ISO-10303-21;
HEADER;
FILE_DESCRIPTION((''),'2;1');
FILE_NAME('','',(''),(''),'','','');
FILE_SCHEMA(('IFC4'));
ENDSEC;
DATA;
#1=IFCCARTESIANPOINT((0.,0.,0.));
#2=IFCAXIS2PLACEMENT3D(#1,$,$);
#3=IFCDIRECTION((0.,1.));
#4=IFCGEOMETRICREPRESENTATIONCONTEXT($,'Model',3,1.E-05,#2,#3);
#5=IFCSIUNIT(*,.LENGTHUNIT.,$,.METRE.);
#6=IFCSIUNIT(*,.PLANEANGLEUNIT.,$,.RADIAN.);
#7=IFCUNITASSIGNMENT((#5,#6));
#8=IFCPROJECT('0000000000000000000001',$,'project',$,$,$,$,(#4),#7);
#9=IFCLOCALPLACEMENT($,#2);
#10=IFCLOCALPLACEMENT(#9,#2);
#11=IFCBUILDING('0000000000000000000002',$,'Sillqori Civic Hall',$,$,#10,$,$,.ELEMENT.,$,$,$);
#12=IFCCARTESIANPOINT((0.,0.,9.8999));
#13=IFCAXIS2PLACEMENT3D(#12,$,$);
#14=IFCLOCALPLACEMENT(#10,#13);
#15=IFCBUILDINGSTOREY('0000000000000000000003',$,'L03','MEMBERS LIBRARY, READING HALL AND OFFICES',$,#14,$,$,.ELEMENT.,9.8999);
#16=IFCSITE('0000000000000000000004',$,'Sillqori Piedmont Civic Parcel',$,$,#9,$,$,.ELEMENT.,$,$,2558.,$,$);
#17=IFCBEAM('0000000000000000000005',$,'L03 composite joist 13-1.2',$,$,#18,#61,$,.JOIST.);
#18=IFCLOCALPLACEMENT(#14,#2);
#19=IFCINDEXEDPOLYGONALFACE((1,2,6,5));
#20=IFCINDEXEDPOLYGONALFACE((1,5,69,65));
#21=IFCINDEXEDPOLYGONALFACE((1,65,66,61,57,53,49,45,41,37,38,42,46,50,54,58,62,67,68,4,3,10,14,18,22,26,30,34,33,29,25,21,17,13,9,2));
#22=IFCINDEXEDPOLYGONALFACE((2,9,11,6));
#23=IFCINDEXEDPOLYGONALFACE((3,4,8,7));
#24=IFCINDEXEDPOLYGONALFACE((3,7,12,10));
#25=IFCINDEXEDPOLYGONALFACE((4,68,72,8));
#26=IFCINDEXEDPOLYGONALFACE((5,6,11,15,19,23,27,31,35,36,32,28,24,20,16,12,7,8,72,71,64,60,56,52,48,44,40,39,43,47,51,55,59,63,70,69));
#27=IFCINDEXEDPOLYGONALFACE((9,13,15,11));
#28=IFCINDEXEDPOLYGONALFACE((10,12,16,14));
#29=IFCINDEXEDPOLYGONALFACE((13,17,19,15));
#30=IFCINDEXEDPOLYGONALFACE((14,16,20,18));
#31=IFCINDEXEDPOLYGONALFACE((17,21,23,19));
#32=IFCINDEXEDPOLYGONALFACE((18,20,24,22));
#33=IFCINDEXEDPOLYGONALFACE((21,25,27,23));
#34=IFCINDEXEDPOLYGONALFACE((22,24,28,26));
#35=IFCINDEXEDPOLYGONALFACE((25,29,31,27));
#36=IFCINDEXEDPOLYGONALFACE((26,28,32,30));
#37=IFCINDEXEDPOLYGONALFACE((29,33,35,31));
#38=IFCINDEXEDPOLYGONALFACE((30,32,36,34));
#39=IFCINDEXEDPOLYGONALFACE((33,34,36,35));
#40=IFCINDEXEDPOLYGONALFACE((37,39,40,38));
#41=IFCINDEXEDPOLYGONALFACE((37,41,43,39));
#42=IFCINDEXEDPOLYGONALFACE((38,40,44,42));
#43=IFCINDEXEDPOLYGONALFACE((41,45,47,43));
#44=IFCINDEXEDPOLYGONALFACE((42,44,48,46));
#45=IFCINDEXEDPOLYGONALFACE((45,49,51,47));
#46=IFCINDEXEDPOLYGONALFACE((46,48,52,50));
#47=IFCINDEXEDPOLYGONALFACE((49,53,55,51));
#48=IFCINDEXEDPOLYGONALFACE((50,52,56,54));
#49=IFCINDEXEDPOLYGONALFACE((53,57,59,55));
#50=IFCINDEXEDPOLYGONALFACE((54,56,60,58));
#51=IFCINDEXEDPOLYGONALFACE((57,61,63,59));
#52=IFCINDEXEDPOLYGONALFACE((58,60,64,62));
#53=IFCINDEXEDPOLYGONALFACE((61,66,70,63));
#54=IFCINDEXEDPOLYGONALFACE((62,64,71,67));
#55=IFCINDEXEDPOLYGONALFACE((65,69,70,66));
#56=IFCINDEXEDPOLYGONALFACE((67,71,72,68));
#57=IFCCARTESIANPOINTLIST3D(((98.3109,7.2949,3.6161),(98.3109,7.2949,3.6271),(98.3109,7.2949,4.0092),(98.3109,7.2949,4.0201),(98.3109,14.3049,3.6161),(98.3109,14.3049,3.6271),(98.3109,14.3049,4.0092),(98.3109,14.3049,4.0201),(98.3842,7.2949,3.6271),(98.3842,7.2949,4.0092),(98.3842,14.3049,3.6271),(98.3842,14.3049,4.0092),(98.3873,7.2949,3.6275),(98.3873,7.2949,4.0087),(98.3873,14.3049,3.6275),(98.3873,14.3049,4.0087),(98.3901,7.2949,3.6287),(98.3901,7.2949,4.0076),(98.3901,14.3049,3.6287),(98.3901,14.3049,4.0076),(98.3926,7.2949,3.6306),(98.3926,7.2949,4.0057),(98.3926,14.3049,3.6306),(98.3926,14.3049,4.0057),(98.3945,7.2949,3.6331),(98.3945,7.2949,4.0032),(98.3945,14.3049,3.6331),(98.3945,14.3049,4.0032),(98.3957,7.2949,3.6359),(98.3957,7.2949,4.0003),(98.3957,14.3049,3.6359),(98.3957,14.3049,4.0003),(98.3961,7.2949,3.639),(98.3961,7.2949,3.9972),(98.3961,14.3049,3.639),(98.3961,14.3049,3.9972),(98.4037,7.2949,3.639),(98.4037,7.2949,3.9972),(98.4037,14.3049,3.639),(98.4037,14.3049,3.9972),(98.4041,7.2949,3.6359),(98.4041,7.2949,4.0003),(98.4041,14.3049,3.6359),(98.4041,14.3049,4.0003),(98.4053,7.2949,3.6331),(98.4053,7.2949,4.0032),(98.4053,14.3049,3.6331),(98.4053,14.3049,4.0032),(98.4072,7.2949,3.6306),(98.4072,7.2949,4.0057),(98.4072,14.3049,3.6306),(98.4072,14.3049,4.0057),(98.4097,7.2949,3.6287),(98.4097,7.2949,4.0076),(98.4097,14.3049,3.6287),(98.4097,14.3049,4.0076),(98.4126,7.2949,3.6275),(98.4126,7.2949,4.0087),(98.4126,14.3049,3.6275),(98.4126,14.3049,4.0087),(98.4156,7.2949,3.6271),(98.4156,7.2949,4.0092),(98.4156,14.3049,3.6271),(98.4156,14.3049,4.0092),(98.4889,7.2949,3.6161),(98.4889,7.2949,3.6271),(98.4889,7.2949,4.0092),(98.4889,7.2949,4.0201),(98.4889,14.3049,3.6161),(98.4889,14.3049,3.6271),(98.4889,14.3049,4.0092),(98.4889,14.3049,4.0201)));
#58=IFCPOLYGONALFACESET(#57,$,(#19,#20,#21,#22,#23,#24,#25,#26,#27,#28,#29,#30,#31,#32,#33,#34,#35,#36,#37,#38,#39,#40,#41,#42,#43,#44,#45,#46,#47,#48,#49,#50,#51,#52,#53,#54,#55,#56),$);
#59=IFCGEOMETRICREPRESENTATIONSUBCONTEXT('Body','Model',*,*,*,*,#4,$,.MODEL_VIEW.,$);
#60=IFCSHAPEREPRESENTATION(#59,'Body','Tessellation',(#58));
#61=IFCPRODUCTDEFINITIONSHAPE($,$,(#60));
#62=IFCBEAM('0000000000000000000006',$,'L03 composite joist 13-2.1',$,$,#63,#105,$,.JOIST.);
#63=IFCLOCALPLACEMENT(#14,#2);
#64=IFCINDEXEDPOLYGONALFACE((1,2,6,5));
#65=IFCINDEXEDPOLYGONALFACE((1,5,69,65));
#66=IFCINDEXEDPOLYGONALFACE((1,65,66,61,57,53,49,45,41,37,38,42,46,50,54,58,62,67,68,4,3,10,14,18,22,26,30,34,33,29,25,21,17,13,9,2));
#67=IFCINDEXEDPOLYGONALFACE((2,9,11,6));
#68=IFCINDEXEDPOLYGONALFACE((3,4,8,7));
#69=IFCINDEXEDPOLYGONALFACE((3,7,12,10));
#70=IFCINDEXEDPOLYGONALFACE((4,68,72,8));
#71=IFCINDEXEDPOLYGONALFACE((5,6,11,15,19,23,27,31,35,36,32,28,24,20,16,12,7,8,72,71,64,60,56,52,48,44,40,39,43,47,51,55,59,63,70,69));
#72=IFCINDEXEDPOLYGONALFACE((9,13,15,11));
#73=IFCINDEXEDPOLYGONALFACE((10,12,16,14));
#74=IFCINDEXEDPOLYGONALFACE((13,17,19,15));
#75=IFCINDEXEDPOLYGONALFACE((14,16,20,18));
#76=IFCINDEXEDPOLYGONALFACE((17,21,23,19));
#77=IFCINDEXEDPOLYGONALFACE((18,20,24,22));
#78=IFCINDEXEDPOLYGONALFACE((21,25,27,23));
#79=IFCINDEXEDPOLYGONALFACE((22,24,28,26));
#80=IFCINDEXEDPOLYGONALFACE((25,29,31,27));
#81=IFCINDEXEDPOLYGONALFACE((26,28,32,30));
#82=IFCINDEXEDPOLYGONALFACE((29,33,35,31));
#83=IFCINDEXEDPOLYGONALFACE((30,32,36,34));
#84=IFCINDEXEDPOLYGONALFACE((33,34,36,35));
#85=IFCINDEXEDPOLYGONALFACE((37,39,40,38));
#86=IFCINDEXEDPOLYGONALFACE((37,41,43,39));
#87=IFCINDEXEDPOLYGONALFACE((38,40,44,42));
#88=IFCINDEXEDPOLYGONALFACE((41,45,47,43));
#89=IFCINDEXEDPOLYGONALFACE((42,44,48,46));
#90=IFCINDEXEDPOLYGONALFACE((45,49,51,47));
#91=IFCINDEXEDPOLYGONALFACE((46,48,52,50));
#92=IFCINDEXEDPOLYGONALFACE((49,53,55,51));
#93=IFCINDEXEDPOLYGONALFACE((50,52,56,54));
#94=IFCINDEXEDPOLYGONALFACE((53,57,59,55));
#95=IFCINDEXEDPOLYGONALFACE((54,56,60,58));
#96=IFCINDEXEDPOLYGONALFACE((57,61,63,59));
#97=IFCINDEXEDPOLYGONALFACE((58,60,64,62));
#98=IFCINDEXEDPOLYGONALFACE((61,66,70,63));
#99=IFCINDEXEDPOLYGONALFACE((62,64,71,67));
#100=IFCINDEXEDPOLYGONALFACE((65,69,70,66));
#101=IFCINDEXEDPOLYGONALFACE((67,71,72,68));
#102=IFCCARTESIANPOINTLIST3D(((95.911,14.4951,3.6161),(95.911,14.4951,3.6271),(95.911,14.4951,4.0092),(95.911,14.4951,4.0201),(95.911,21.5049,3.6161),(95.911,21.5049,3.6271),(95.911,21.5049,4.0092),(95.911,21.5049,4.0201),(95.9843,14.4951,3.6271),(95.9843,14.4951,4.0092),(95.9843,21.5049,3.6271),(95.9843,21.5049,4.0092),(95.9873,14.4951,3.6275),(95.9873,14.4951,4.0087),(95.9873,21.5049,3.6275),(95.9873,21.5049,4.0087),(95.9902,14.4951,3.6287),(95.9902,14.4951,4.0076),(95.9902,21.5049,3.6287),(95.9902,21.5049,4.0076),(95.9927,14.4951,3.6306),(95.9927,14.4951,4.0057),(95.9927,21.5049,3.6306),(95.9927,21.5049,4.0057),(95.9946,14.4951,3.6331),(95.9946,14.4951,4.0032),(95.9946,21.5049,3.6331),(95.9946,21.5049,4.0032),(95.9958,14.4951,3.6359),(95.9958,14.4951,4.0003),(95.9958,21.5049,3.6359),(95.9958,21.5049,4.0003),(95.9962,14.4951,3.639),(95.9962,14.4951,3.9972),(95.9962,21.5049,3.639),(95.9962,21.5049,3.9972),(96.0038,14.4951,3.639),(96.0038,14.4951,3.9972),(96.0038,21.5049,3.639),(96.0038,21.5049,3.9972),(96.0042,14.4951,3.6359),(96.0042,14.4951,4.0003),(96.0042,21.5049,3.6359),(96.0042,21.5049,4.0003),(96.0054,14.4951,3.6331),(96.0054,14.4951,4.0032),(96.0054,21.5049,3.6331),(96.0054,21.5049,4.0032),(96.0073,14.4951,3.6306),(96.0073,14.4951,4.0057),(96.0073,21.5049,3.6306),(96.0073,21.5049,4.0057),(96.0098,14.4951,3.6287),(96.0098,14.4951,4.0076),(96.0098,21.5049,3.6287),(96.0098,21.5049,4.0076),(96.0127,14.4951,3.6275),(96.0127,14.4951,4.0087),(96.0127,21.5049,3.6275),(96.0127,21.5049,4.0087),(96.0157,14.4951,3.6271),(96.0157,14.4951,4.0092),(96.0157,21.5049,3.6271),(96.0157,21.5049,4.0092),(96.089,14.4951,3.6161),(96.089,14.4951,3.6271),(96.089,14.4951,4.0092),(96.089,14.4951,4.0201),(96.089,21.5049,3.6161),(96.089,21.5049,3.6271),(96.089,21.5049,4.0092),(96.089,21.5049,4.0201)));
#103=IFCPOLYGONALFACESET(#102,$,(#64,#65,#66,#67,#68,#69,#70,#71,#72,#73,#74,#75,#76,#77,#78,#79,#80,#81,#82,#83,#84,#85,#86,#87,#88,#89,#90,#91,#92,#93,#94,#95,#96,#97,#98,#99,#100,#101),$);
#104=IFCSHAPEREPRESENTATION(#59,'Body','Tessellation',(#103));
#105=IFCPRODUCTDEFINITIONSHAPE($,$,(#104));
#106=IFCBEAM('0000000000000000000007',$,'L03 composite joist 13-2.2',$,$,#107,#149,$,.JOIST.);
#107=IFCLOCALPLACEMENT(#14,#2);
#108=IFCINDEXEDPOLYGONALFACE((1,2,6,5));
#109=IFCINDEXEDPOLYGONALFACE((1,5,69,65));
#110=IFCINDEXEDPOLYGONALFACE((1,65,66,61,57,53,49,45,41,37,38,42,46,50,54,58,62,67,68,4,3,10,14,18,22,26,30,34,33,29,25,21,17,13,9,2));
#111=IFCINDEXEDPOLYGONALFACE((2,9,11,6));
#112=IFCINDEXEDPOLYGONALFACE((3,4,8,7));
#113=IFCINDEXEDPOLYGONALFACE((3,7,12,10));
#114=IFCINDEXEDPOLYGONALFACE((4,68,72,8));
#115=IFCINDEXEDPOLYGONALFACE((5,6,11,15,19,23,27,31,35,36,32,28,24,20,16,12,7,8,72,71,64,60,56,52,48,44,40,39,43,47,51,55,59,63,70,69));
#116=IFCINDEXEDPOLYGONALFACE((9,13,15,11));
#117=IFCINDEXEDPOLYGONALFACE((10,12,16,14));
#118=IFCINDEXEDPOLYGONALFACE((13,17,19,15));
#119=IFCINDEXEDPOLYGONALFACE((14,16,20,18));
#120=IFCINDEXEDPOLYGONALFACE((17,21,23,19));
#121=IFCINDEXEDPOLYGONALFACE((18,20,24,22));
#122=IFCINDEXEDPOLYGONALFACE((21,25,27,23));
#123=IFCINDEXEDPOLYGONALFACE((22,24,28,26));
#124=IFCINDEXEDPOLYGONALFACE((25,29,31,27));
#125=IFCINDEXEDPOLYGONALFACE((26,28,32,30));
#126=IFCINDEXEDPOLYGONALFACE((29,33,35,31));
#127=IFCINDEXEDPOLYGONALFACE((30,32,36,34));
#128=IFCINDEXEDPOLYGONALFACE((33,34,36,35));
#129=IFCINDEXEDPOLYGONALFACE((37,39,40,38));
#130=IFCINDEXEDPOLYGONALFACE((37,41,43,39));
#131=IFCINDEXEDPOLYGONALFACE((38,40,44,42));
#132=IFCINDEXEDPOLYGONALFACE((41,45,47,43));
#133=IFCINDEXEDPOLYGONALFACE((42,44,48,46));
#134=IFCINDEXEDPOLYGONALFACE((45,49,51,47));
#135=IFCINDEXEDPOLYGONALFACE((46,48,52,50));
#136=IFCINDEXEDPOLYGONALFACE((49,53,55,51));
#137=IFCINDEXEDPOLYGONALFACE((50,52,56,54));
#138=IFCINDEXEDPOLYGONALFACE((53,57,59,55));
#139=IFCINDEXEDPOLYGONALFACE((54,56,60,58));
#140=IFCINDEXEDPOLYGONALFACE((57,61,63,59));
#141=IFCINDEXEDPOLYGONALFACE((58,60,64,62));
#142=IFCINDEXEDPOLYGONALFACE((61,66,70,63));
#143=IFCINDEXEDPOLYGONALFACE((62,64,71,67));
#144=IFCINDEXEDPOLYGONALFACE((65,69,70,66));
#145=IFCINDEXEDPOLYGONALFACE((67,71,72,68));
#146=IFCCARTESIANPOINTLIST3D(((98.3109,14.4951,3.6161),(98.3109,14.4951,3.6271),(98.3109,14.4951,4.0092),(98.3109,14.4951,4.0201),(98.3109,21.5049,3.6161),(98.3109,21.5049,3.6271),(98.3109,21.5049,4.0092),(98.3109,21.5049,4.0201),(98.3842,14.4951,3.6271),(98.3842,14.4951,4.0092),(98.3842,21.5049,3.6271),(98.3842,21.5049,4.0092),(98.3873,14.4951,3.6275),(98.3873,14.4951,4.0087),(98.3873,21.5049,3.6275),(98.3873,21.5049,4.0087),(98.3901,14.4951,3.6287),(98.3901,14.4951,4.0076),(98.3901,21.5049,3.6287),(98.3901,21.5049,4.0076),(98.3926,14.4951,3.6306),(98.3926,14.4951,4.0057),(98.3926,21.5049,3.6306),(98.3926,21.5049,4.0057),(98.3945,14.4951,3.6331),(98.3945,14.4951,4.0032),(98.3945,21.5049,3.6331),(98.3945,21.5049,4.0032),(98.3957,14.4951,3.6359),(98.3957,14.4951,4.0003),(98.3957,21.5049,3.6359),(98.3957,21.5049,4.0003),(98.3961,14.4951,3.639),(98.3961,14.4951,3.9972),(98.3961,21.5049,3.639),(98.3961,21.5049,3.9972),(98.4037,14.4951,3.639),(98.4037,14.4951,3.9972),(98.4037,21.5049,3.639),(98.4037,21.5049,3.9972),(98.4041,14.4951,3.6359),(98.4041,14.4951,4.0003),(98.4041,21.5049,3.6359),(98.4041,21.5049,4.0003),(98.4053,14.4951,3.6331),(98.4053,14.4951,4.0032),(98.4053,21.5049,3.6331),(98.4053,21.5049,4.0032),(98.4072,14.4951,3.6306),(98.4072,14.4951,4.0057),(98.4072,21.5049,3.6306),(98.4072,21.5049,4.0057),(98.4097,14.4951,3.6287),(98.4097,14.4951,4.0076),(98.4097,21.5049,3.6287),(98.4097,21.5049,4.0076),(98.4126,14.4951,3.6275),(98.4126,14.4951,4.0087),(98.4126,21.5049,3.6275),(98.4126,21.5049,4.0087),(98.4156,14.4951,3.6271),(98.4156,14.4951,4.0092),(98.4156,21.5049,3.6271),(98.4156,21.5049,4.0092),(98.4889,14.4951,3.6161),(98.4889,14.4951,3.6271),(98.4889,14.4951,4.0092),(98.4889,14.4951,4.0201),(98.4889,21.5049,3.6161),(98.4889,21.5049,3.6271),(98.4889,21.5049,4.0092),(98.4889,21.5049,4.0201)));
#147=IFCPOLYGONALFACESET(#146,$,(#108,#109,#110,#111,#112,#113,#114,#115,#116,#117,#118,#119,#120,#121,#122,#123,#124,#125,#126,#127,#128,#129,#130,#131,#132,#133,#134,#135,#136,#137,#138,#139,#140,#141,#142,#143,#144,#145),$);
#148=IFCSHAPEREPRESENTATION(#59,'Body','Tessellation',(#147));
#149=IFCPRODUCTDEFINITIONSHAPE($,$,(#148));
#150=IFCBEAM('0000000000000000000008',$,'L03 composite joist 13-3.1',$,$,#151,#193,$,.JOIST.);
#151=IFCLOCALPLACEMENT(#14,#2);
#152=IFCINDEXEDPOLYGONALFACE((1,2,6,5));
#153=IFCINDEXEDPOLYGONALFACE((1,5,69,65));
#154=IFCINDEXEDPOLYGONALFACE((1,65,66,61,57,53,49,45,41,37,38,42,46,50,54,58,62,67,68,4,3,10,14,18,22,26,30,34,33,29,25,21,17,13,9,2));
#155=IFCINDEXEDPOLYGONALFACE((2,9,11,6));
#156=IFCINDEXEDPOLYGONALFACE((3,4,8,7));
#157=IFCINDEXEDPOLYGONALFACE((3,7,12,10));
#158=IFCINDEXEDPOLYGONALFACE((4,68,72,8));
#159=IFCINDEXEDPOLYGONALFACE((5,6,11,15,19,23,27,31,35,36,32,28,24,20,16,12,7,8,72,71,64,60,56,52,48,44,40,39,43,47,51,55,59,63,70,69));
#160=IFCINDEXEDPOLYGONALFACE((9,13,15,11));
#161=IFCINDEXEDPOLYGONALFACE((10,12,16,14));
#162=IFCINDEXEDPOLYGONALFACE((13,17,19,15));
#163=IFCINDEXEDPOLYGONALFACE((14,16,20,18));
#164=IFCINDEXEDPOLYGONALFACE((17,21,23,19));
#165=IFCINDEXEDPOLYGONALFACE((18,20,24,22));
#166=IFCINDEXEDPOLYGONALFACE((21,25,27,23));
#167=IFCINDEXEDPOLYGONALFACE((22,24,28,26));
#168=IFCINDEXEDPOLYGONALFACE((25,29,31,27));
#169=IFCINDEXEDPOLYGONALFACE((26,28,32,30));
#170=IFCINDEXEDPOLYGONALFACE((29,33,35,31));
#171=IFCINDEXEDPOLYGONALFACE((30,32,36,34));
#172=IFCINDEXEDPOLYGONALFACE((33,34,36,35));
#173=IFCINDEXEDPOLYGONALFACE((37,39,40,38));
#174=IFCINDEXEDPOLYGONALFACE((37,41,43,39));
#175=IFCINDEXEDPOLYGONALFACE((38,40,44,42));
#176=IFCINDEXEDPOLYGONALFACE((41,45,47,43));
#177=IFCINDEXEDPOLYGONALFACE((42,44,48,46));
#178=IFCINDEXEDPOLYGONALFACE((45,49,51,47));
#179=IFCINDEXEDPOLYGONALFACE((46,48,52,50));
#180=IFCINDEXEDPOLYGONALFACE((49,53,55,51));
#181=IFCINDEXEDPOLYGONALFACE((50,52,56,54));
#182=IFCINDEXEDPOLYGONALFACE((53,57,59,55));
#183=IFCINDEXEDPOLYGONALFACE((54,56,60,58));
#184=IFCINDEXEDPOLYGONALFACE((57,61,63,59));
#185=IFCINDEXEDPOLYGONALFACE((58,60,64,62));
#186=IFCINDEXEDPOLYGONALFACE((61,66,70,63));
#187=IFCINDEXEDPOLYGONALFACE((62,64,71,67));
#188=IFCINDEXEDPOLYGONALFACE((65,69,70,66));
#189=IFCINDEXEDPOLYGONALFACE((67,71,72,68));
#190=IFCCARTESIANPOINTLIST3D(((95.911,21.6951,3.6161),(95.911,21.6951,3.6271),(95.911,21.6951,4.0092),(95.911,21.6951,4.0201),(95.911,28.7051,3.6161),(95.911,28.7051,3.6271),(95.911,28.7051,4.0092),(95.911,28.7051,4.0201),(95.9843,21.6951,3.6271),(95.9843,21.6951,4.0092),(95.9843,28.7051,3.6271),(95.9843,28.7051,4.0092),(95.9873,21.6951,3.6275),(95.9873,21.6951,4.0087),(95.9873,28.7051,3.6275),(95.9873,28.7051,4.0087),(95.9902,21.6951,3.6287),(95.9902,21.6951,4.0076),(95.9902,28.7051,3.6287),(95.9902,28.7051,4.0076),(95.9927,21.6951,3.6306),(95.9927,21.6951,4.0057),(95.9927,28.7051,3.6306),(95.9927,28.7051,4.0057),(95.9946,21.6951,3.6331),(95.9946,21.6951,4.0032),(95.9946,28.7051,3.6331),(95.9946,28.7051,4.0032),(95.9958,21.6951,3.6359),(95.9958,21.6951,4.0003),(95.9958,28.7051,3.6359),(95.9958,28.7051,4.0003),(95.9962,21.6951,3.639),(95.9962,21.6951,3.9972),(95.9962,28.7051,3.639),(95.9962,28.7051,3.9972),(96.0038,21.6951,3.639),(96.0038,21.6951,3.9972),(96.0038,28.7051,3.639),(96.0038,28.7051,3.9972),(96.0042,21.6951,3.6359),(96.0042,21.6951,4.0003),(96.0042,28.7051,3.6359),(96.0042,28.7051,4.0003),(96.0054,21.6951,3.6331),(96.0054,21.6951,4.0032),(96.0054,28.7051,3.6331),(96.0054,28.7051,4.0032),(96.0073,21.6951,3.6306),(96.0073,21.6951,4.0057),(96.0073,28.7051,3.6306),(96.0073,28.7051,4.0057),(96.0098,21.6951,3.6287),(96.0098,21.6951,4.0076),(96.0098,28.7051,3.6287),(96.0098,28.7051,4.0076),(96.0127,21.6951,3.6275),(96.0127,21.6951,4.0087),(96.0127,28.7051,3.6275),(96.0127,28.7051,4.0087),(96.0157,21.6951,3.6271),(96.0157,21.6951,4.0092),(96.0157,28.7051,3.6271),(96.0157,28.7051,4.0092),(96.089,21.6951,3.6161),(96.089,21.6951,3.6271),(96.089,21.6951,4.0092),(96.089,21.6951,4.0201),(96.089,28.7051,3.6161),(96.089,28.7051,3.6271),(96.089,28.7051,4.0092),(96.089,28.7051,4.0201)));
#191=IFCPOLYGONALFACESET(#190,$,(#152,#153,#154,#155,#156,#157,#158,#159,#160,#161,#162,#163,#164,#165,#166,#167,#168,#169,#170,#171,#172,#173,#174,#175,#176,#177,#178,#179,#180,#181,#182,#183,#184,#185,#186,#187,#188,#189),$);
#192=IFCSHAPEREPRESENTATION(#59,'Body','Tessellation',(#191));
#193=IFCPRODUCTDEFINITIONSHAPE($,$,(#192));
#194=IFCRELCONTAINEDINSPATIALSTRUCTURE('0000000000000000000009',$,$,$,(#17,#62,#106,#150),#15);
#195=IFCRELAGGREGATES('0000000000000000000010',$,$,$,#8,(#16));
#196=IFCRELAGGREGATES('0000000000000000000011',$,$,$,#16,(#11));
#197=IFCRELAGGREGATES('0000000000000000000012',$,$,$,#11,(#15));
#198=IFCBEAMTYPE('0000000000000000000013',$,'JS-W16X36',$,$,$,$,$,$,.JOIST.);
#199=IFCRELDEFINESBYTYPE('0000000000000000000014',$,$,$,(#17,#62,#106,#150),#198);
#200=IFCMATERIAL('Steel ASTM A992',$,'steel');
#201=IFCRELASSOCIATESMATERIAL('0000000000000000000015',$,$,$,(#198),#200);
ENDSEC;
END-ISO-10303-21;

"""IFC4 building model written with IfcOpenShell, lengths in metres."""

from ifc_helpers import new_model, si_unit, direction, frame, origin, origin_2d, place, context, subcontext, project, spatial, i_section, extrude, material, material_profile, profile_set, type_object, element, save


model = new_model("IFC4")

# Units and contexts
model_context = context("Model", 3, precision=1e-05, world=origin(), true_north=direction((0.0, 1.0)))
body_context = subcontext(model_context, "Body", "Model", "MODEL_VIEW")
ifc_project = project(units=[si_unit("LENGTHUNIT", "METRE"), si_unit("PLANEANGLEUNIT", "RADIAN")], contexts=[model_context])

# Site, building, storey
site_placement = place(None, origin())
site = spatial("IfcSite", under=ifc_project, at=site_placement, Name="Sillqori Piedmont Civic Parcel", CompositionType="ELEMENT", RefElevation=2558.0)
building_placement = place(site_placement, origin())
building = spatial("IfcBuilding", under=site, at=building_placement, Name="Sillqori Civic Hall", CompositionType="ELEMENT")
storey_placement = place(building_placement, frame((0.0, 0.0, 9.8999)))
storey = spatial("IfcBuildingStorey", under=building, at=storey_placement, Name="L03", Description="MEMBERS LIBRARY, READING HALL AND OFFICES", CompositionType="ELEMENT", Elevation=9.8999)

# Shared definitions
ifc_material_1 = material(Name="Steel ASTM A992", Category="steel")

# Beams
ifc_material_profile_1 = material_profile(ifc_material_1, i_section(OverallWidth=0.178, OverallDepth=0.4041, WebThickness=0.0076, FlangeThickness=0.011, FilletRadius=0.012, at=origin_2d()), Name="W16X36")
ifc_profile_set_1 = profile_set([ifc_material_profile_1], Name="Steel ASTM A992")
beam_type_1 = type_object("IfcBeamType", Name="JS-W16X36", PredefinedType="JOIST", material=ifc_profile_set_1)
for number, where, z_axis, x_axis, name in (
    (1, (98.3999, 7.2949, 3.8181), (0.0, 1.0, 0.0), (-1.0, 0.0, 0.0), "L03 composite joist 13-1.2"),
):
    element("IfcBeam", number, at=place(storey_placement, frame(where, z_axis=z_axis, x_axis=x_axis)), inside=storey, type_object=beam_type_1, Name=name, PredefinedType="JOIST", context=body_context, shape_type="SweptSolid", body=[
        extrude(i_section(OverallWidth=0.178, OverallDepth=0.4041, WebThickness=0.0076, FlangeThickness=0.011, FilletRadius=0.012, at=origin_2d()), origin(), (0.0, 0.0, 1.0), 7.01),
    ])
for number, where, z_axis, x_axis, name in (
    (2, (96.0, 14.4951, 3.8181), (0.0, 1.0, 0.0), (-1.0, 0.0, 0.0), "L03 composite joist 13-2.1"),
    (3, (98.3999, 14.4951, 3.8181), (0.0, 1.0, 0.0), (-1.0, 0.0, 0.0), "L03 composite joist 13-2.2"),
):
    element("IfcBeam", number, at=place(storey_placement, frame(where, z_axis=z_axis, x_axis=x_axis)), inside=storey, type_object=beam_type_1, Name=name, PredefinedType="JOIST", context=body_context, shape_type="SweptSolid", body=[
        extrude(i_section(OverallWidth=0.178, OverallDepth=0.4041, WebThickness=0.0076, FlangeThickness=0.011, FilletRadius=0.012, at=origin_2d()), origin(), (0.0, 0.0, 1.0), 7.0098),
    ])
for number, where, z_axis, x_axis, name in (
    (4, (96.0, 21.6951, 3.8181), (0.0, 1.0, 0.0), (-1.0, 0.0, 0.0), "L03 composite joist 13-3.1"),
):
    element("IfcBeam", number, at=place(storey_placement, frame(where, z_axis=z_axis, x_axis=x_axis)), inside=storey, type_object=beam_type_1, Name=name, PredefinedType="JOIST", context=body_context, shape_type="SweptSolid", body=[
        extrude(i_section(OverallWidth=0.178, OverallDepth=0.4041, WebThickness=0.0076, FlangeThickness=0.011, FilletRadius=0.012, at=origin_2d()), origin(), (0.0, 0.0, 1.0), 7.01),
    ])

save(model, "model.ifc")
